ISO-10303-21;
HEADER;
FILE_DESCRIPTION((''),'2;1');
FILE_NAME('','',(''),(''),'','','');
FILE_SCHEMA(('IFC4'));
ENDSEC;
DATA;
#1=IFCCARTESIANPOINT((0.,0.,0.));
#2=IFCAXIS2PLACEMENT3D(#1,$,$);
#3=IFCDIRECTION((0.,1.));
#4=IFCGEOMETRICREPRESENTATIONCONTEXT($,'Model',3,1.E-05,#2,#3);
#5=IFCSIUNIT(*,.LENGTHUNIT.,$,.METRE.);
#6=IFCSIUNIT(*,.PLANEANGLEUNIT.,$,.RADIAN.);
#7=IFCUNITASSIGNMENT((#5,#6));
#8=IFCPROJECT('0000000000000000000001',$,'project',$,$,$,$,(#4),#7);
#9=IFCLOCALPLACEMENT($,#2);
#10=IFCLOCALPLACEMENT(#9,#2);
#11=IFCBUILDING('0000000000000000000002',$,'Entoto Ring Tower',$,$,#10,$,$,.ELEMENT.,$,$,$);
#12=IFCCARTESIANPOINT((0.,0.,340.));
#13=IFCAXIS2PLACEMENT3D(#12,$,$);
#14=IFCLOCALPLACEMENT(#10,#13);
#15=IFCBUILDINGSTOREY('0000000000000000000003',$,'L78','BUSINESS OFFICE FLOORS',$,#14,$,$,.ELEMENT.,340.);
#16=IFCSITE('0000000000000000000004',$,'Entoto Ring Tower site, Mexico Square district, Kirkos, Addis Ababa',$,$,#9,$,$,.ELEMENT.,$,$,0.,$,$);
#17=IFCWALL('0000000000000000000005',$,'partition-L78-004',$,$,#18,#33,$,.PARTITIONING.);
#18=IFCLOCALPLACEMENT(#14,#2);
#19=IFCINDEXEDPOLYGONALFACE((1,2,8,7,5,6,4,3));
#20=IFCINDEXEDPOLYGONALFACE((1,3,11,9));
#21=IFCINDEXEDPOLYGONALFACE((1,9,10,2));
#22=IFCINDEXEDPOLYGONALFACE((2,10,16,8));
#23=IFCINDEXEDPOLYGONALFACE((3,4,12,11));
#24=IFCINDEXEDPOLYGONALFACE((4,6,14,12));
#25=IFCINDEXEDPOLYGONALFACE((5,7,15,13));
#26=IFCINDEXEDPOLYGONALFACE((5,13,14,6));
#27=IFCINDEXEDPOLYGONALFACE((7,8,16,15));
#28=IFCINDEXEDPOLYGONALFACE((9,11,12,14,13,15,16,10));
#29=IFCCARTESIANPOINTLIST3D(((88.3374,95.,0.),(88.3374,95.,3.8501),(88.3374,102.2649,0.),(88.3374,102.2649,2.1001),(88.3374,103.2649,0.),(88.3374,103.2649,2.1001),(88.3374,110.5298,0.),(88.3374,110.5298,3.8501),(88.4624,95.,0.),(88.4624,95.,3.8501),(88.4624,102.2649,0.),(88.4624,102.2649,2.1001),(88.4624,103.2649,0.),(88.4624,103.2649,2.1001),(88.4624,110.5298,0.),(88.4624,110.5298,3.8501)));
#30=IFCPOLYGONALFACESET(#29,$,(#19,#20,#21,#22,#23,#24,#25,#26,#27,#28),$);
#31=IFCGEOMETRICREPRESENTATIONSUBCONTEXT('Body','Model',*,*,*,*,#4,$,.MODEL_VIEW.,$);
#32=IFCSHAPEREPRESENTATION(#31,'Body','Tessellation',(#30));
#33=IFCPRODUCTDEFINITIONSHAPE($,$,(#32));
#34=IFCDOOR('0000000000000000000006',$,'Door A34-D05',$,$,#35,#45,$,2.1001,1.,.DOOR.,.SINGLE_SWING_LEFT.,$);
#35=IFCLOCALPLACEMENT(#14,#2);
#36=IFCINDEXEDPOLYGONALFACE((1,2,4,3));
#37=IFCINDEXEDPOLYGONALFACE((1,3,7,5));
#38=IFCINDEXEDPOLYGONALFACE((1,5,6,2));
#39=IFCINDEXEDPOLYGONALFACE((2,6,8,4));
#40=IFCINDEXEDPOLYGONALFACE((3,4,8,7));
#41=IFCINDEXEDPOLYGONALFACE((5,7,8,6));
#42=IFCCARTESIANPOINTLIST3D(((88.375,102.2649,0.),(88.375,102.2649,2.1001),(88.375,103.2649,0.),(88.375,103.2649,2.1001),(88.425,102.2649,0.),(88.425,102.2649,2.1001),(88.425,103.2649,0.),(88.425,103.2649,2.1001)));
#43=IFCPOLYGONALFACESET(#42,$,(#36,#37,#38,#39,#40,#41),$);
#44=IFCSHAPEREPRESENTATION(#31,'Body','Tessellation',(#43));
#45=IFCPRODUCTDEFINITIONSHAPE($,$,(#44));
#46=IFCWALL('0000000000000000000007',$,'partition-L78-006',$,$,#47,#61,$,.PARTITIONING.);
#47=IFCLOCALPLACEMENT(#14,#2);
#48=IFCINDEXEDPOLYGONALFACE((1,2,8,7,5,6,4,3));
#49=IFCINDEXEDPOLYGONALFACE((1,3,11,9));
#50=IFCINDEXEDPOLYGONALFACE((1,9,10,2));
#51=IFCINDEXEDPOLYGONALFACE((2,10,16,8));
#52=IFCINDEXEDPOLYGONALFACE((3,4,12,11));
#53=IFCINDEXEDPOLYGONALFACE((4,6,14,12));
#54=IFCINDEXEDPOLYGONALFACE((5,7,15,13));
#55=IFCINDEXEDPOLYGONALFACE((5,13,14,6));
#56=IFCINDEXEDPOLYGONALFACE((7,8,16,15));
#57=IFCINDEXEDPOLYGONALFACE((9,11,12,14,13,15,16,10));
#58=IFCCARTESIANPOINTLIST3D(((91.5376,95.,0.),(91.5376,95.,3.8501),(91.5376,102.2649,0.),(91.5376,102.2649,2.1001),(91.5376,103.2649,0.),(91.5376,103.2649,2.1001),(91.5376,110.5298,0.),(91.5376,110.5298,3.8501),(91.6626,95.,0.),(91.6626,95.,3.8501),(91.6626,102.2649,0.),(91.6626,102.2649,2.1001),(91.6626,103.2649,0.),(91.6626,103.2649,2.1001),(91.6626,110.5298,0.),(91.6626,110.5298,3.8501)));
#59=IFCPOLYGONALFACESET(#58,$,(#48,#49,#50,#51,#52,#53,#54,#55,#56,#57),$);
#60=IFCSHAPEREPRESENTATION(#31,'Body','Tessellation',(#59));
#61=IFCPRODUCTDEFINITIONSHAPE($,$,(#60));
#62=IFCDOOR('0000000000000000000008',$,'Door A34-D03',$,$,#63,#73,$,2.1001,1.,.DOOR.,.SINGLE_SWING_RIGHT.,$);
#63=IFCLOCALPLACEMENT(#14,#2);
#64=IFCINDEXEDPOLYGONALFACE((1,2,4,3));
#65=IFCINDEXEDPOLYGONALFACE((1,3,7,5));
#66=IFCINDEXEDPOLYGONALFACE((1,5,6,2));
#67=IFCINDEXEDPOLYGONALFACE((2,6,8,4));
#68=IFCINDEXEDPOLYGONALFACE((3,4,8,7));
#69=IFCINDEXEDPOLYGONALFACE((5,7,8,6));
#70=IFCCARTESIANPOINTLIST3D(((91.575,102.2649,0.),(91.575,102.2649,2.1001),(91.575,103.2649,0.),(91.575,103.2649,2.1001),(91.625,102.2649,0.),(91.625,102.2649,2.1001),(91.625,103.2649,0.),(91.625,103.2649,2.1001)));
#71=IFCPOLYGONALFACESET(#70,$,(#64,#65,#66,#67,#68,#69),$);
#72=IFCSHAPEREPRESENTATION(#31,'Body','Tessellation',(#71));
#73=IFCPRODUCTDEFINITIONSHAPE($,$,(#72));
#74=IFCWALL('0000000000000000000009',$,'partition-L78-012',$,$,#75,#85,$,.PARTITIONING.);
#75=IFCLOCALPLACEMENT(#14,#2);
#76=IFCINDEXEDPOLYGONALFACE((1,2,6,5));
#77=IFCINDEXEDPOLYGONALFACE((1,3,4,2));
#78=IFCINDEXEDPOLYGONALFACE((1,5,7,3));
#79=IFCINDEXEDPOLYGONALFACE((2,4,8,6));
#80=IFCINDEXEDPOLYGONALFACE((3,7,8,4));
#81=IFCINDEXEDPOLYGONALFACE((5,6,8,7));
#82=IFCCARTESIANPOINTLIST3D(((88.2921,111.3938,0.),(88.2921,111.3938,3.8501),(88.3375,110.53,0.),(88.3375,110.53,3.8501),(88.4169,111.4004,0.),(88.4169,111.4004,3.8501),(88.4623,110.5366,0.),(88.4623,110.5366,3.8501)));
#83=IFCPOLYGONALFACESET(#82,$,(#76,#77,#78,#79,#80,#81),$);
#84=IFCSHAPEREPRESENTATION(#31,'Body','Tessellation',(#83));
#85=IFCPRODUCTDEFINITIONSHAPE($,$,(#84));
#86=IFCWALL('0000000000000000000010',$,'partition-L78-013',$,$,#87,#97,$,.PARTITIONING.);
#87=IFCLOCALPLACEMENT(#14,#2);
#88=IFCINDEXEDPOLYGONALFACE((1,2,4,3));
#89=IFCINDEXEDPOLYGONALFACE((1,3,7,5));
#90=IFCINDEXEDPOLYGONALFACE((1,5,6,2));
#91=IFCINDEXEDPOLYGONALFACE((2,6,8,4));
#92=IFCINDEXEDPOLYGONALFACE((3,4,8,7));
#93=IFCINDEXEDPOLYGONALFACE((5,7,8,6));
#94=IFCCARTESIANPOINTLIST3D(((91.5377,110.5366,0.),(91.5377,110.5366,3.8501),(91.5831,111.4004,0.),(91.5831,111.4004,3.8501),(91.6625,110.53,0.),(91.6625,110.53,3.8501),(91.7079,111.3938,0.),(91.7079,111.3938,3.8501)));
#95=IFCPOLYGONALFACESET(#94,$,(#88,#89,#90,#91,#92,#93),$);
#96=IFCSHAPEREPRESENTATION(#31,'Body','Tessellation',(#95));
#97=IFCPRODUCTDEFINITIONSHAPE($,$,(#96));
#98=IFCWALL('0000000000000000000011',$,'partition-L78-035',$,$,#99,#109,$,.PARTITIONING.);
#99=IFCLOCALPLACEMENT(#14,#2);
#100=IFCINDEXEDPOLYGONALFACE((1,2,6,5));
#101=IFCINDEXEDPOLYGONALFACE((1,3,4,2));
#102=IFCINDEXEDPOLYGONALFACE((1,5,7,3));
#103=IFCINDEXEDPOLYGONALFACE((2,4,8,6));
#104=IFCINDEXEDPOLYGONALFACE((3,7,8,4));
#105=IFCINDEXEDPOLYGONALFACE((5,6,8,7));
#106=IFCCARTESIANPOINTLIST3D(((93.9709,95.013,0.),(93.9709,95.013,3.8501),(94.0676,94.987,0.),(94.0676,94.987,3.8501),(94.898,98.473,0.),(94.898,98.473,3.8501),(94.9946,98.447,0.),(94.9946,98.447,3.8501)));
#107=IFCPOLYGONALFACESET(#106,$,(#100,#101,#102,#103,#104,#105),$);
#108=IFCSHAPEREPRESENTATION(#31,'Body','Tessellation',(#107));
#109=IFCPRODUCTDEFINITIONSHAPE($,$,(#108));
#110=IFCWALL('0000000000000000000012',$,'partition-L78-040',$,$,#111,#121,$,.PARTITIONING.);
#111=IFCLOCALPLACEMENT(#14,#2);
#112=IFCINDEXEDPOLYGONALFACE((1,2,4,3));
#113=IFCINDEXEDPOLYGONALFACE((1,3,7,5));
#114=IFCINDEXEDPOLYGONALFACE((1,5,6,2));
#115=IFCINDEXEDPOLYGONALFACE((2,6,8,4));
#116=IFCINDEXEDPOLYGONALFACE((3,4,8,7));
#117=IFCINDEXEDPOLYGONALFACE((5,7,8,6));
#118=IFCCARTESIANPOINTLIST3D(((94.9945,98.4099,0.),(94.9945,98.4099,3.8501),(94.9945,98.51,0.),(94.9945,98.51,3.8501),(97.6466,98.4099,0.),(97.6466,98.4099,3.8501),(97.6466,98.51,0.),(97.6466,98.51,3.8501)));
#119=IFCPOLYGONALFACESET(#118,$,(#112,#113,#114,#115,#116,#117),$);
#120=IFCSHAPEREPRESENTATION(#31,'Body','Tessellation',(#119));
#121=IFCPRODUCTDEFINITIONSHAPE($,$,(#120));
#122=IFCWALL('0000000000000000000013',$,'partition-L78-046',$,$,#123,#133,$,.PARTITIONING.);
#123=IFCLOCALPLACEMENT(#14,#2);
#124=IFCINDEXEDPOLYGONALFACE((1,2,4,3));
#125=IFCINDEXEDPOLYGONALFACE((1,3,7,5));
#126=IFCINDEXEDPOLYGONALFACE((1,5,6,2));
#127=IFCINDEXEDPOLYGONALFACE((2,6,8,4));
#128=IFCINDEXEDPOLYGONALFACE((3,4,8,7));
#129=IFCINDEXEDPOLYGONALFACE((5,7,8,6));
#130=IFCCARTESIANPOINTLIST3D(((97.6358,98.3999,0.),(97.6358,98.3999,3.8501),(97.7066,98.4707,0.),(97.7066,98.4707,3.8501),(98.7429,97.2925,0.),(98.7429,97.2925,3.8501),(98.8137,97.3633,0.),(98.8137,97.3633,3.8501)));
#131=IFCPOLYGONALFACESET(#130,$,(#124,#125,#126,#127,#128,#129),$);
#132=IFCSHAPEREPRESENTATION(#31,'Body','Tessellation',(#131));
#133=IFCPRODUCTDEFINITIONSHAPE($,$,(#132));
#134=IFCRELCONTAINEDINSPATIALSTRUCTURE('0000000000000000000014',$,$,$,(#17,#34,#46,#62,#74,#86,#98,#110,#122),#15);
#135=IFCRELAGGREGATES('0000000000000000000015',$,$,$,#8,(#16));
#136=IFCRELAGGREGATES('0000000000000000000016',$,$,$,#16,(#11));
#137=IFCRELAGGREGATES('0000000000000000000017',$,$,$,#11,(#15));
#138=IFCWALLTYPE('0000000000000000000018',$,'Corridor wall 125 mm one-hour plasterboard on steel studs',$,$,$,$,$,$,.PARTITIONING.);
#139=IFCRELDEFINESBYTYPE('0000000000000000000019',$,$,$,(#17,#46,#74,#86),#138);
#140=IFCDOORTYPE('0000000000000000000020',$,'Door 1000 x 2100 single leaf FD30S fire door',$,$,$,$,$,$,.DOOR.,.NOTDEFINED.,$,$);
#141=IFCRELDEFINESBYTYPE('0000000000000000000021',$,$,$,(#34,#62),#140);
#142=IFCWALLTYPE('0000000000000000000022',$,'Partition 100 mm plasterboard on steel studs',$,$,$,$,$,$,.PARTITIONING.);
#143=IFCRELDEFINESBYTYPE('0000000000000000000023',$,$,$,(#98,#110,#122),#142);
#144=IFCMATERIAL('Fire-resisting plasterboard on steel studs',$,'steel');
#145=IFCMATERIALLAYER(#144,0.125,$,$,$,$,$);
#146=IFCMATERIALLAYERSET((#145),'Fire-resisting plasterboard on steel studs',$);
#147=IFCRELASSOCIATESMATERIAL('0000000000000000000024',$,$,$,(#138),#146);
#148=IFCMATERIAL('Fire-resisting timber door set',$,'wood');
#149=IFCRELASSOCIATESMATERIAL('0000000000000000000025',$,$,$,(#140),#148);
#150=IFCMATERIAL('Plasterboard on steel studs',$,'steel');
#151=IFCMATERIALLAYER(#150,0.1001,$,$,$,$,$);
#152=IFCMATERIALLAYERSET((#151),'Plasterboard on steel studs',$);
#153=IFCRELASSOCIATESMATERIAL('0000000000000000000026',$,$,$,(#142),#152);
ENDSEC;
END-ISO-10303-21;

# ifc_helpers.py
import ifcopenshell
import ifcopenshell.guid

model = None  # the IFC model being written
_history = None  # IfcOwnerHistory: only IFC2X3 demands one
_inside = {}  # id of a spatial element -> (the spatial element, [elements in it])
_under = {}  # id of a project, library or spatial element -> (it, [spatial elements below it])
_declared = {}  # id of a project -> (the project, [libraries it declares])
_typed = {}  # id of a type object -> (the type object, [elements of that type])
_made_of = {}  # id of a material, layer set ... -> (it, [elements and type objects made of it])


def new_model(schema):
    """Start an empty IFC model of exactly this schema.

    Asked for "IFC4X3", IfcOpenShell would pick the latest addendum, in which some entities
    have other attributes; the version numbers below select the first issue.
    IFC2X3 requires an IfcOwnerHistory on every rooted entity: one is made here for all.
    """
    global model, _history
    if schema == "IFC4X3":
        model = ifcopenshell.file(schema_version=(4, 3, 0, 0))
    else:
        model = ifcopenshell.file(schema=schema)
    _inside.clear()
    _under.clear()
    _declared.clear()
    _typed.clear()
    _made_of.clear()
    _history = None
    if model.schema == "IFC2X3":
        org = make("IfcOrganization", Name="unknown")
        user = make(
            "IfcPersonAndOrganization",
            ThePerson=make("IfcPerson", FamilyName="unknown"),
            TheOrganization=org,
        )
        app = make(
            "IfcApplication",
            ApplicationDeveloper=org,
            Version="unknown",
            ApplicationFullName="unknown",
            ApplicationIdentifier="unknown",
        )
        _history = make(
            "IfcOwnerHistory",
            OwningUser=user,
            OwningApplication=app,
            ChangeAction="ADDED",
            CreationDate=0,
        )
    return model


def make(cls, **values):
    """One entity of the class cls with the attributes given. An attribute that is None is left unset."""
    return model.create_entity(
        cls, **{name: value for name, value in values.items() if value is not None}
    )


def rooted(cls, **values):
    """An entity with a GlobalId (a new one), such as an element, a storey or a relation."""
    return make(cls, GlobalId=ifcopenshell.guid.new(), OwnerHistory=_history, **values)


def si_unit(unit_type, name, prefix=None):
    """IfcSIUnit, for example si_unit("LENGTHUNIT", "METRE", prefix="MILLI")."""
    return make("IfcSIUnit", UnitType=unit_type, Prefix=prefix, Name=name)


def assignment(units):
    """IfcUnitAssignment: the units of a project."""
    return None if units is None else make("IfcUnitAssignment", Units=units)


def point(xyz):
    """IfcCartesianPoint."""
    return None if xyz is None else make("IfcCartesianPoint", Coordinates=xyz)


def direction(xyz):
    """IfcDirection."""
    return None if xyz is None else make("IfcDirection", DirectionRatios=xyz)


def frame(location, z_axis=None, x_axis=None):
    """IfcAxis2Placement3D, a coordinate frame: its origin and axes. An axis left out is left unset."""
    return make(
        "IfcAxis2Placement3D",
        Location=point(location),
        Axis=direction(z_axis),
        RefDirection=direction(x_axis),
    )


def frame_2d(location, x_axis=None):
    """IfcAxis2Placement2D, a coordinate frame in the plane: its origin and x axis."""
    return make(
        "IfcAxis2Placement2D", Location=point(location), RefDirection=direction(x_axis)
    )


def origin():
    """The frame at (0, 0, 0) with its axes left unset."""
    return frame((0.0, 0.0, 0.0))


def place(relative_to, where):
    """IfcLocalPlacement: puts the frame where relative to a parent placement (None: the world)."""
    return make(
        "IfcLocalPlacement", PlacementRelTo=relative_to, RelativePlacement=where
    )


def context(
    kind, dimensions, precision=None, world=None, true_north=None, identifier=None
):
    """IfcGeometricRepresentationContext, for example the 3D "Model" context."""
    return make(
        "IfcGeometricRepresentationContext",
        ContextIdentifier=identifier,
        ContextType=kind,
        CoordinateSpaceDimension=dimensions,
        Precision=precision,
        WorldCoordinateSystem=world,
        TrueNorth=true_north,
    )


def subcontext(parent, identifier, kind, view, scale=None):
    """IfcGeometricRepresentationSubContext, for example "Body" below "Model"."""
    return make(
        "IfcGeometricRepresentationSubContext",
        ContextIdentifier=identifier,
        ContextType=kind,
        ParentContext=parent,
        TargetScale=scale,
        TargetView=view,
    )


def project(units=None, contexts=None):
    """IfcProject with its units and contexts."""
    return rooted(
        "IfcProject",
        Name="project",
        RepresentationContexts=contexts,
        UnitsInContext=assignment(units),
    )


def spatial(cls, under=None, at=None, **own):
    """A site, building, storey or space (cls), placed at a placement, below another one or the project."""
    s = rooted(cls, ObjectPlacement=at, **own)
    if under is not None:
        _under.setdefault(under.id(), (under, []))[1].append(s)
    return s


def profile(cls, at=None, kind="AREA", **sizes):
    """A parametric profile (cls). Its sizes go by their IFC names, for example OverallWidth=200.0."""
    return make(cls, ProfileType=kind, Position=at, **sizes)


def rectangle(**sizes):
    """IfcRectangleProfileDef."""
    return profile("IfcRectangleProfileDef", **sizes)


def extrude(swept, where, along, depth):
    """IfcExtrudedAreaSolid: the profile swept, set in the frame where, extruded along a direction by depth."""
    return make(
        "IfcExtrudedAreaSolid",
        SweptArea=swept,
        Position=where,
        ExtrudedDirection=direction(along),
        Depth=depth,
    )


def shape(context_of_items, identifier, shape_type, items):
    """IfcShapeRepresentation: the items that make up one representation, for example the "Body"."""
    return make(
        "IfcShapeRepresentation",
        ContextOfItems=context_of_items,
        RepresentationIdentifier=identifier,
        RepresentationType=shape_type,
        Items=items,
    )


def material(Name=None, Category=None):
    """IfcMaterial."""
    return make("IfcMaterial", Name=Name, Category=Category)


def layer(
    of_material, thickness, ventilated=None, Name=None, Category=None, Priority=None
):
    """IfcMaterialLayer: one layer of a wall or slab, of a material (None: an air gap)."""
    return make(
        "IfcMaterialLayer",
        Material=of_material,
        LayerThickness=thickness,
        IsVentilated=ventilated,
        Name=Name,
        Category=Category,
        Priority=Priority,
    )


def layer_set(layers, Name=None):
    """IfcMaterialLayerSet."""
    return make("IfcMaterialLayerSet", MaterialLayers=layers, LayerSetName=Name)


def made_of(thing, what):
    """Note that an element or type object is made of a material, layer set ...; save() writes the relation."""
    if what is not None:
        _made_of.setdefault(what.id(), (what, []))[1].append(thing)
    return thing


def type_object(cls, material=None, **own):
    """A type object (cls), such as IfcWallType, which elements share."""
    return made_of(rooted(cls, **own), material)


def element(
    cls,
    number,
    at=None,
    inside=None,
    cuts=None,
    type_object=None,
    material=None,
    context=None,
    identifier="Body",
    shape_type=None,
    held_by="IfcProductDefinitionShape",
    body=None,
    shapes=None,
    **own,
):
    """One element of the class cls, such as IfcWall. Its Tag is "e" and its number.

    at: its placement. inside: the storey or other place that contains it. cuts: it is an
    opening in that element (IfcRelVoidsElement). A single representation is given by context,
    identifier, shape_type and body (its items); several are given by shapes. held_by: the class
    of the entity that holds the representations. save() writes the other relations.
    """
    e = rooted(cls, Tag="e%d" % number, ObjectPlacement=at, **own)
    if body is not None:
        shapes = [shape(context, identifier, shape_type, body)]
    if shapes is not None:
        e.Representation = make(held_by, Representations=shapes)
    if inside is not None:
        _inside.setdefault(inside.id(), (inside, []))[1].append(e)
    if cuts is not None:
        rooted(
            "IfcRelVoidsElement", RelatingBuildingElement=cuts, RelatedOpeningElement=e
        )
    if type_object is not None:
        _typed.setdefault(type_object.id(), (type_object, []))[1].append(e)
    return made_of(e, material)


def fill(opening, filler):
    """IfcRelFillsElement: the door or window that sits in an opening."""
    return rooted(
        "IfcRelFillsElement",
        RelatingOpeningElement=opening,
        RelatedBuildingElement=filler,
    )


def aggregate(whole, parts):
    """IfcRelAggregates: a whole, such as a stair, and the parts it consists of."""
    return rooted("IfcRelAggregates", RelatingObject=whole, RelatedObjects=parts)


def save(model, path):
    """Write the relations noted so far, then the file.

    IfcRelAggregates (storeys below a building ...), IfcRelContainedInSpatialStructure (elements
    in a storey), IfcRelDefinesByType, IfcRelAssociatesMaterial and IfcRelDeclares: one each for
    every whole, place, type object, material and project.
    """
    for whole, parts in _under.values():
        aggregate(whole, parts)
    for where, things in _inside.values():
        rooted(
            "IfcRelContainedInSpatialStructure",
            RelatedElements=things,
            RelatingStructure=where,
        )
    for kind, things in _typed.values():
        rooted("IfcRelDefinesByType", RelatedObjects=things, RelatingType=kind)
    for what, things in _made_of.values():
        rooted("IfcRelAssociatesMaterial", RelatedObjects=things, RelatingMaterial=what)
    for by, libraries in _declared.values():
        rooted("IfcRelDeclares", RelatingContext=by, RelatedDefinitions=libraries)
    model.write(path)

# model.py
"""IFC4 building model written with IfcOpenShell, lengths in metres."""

from ifc_helpers import new_model, si_unit, direction, frame, frame_2d, origin, place, context, subcontext, project, spatial, rectangle, extrude, material, layer, layer_set, type_object, element, fill, save


model = new_model("IFC4")

# Units and contexts
model_context = context("Model", 3, precision=1e-05, world=origin(), true_north=direction((0.0, 1.0)))
body_context = subcontext(model_context, "Body", "Model", "MODEL_VIEW")
ifc_project = project(units=[si_unit("LENGTHUNIT", "METRE"), si_unit("PLANEANGLEUNIT", "RADIAN")], contexts=[model_context])

# Site, building, storey
site_placement = place(None, origin())
site = spatial("IfcSite", under=ifc_project, at=site_placement, Name="Entoto Ring Tower site, Mexico Square district, Kirkos, Addis Ababa", CompositionType="ELEMENT", RefElevation=0.0)
building_placement = place(site_placement, origin())
building = spatial("IfcBuilding", under=site, at=building_placement, Name="Entoto Ring Tower", CompositionType="ELEMENT")
storey_placement = place(building_placement, frame((0.0, 0.0, 340.0)))
storey = spatial("IfcBuildingStorey", under=building, at=storey_placement, Name="L78", Description="BUSINESS OFFICE FLOORS", CompositionType="ELEMENT", Elevation=340.0)

# Walls, openings, doors
ifc_material_1 = material(Name="Fire-resisting plasterboard on steel studs", Category="steel")
ifc_layer_1 = layer(ifc_material_1, 0.125)
ifc_layer_set_1 = layer_set([ifc_layer_1], Name="Fire-resisting plasterboard on steel studs")
wall_type_1 = type_object("IfcWallType", Name="Corridor wall 125 mm one-hour plasterboard on steel studs", PredefinedType="PARTITIONING", material=ifc_layer_set_1)
wall_1_placement = place(storey_placement, frame((88.3999, 95.0, 0.0), z_axis=(0.0, 0.0, 1.0), x_axis=(0.0, 1.0, 0.0)))
wall_1 = element("IfcWall", 1, at=wall_1_placement, inside=storey, type_object=wall_type_1, Name="partition-L78-004", PredefinedType="PARTITIONING", context=body_context, shape_type="SweptSolid", body=[
    extrude(rectangle(XDim=15.5298, YDim=0.125, at=frame_2d((7.7649, 0.0))), origin(), (0.0, 0.0, 1.0), 3.8501),
])
opening_1_placement = place(wall_1_placement, frame((7.2649, 0.0, 0.0)))
opening_1 = element("IfcOpeningElement", 2, at=opening_1_placement, cuts=wall_1, PredefinedType="OPENING", context=body_context, shape_type="SweptSolid", body=[
    extrude(rectangle(XDim=1.0, YDim=2.1001, at=frame_2d((0.5, 1.05))), frame((0.0, 0.0725, 0.0), z_axis=(0.0, -1.0, 0.0), x_axis=(1.0, 0.0, 0.0)), (0.0, 0.0, 1.0), 0.145),
])
ifc_material_2 = material(Name="Fire-resisting timber door set", Category="wood")
door_type_1 = type_object("IfcDoorType", Name="Door 1000 x 2100 single leaf FD30S fire door", OperationType="NOTDEFINED", PredefinedType="DOOR", material=ifc_material_2)
door_1_placement = place(opening_1_placement, origin())
door_1 = element("IfcDoor", 3, at=door_1_placement, inside=storey, type_object=door_type_1, Name="Door A34-D05", OperationType="SINGLE_SWING_LEFT", OverallHeight=2.1001, OverallWidth=1.0, PredefinedType="DOOR", context=body_context, shape_type="SweptSolid", body=[
    extrude(rectangle(XDim=1.0, YDim=2.1001, at=frame_2d((0.5, 1.05))), frame((0.0, 0.0249, 0.0), z_axis=(0.0, -1.0, 0.0), x_axis=(1.0, 0.0, 0.0)), (0.0, 0.0, 1.0), 0.05),
])
fill(opening_1, door_1)
wall_2_placement = place(storey_placement, frame((91.6001, 95.0, 0.0), z_axis=(0.0, 0.0, 1.0), x_axis=(0.0, 1.0, 0.0)))
wall_2 = element("IfcWall", 4, at=wall_2_placement, inside=storey, type_object=wall_type_1, Name="partition-L78-006", PredefinedType="PARTITIONING", context=body_context, shape_type="SweptSolid", body=[
    extrude(rectangle(XDim=15.5298, YDim=0.125, at=frame_2d((7.7649, 0.0))), origin(), (0.0, 0.0, 1.0), 3.8501),
])
opening_2_placement = place(wall_2_placement, frame((7.2649, 0.0, 0.0)))
opening_2 = element("IfcOpeningElement", 5, at=opening_2_placement, cuts=wall_2, PredefinedType="OPENING", context=body_context, shape_type="SweptSolid", body=[
    extrude(rectangle(XDim=1.0, YDim=2.1001, at=frame_2d((0.5, 1.05))), frame((0.0, 0.0725, 0.0), z_axis=(0.0, -1.0, 0.0), x_axis=(1.0, 0.0, 0.0)), (0.0, 0.0, 1.0), 0.145),
])
door_2_placement = place(opening_2_placement, frame((1.0, 0.0, 0.0), z_axis=(0.0, 0.0, 1.0), x_axis=(-1.0, 0.0, 0.0)))
door_2 = element("IfcDoor", 6, at=door_2_placement, inside=storey, type_object=door_type_1, Name="Door A34-D03", OperationType="SINGLE_SWING_RIGHT", OverallHeight=2.1001, OverallWidth=1.0, PredefinedType="DOOR", context=body_context, shape_type="SweptSolid", body=[
    extrude(rectangle(XDim=1.0, YDim=2.1001, at=frame_2d((0.5, 1.05))), frame((0.0, 0.0249, 0.0), z_axis=(0.0, -1.0, 0.0), x_axis=(1.0, 0.0, 0.0)), (0.0, 0.0, 1.0), 0.05),
])
fill(opening_2, door_2)

# Walls
for number, where, z_axis, x_axis, name in (
    (7, (88.3999, 110.5332, 0.0), (0.0, 0.0, 1.0), (-0.0525, 0.998621, 0.0), "partition-L78-012"),
    (8, (91.6001, 110.5332, 0.0), (0.0, 0.0, 1.0), (0.0525, 0.998621, 0.0), "partition-L78-013"),
):
    element("IfcWall", number, at=place(storey_placement, frame(where, z_axis=z_axis, x_axis=x_axis)), inside=storey, type_object=wall_type_1, Name=name, PredefinedType="PARTITIONING", context=body_context, shape_type="SweptSolid", body=[
        extrude(rectangle(XDim=0.865, YDim=0.125, at=frame_2d((0.4326, 0.0))), origin(), (0.0, 0.0, 1.0), 3.8501),
    ])
ifc_material_3 = material(Name="Plasterboard on steel studs", Category="steel")
ifc_layer_2 = layer(ifc_material_3, 0.1001)
ifc_layer_set_2 = layer_set([ifc_layer_2], Name="Plasterboard on steel studs")
wall_type_2 = type_object("IfcWallType", Name="Partition 100 mm plasterboard on steel studs", PredefinedType="PARTITIONING", material=ifc_layer_set_2)
wall_3_placement = place(storey_placement, frame((94.0193, 95.0, 0.0), z_axis=(0.0, 0.0, 1.0), x_axis=(0.258795, 0.965932, 0.0)))
element("IfcWall", 9, at=wall_3_placement, inside=storey, type_object=wall_type_2, Name="partition-L78-035", PredefinedType="PARTITIONING", context=body_context, shape_type="SweptSolid", body=[
    extrude(rectangle(XDim=3.582, YDim=0.1001, at=frame_2d((1.791, 0.0))), origin(), (0.0, 0.0, 1.0), 3.8501),
])
wall_4_placement = place(storey_placement, frame((94.9944, 98.46, 0.0), z_axis=(0.0, 0.0, 1.0), x_axis=(1.0, 0.0, 0.0)))
element("IfcWall", 10, at=wall_4_placement, inside=storey, type_object=wall_type_2, Name="partition-L78-040", PredefinedType="PARTITIONING", context=body_context, shape_type="SweptSolid", body=[
    extrude(rectangle(XDim=2.6521, YDim=0.1001, at=frame_2d((1.3262, 0.0))), origin(), (0.0, 0.0, 1.0), 3.8501),
])
wall_5_placement = place(storey_placement, frame((98.7783, 97.3279, 0.0), z_axis=(0.0, 0.0, 1.0), x_axis=(-0.707029, 0.707185, 0.0)))
element("IfcWall", 11, at=wall_5_placement, inside=storey, type_object=wall_type_2, Name="partition-L78-046", PredefinedType="PARTITIONING", context=body_context, shape_type="SweptSolid", body=[
    extrude(rectangle(XDim=1.5659, YDim=0.1001, at=frame_2d((0.783, 0.0))), origin(), (0.0, 0.0, 1.0), 3.8501),
])

save(model, "model.ifc")
